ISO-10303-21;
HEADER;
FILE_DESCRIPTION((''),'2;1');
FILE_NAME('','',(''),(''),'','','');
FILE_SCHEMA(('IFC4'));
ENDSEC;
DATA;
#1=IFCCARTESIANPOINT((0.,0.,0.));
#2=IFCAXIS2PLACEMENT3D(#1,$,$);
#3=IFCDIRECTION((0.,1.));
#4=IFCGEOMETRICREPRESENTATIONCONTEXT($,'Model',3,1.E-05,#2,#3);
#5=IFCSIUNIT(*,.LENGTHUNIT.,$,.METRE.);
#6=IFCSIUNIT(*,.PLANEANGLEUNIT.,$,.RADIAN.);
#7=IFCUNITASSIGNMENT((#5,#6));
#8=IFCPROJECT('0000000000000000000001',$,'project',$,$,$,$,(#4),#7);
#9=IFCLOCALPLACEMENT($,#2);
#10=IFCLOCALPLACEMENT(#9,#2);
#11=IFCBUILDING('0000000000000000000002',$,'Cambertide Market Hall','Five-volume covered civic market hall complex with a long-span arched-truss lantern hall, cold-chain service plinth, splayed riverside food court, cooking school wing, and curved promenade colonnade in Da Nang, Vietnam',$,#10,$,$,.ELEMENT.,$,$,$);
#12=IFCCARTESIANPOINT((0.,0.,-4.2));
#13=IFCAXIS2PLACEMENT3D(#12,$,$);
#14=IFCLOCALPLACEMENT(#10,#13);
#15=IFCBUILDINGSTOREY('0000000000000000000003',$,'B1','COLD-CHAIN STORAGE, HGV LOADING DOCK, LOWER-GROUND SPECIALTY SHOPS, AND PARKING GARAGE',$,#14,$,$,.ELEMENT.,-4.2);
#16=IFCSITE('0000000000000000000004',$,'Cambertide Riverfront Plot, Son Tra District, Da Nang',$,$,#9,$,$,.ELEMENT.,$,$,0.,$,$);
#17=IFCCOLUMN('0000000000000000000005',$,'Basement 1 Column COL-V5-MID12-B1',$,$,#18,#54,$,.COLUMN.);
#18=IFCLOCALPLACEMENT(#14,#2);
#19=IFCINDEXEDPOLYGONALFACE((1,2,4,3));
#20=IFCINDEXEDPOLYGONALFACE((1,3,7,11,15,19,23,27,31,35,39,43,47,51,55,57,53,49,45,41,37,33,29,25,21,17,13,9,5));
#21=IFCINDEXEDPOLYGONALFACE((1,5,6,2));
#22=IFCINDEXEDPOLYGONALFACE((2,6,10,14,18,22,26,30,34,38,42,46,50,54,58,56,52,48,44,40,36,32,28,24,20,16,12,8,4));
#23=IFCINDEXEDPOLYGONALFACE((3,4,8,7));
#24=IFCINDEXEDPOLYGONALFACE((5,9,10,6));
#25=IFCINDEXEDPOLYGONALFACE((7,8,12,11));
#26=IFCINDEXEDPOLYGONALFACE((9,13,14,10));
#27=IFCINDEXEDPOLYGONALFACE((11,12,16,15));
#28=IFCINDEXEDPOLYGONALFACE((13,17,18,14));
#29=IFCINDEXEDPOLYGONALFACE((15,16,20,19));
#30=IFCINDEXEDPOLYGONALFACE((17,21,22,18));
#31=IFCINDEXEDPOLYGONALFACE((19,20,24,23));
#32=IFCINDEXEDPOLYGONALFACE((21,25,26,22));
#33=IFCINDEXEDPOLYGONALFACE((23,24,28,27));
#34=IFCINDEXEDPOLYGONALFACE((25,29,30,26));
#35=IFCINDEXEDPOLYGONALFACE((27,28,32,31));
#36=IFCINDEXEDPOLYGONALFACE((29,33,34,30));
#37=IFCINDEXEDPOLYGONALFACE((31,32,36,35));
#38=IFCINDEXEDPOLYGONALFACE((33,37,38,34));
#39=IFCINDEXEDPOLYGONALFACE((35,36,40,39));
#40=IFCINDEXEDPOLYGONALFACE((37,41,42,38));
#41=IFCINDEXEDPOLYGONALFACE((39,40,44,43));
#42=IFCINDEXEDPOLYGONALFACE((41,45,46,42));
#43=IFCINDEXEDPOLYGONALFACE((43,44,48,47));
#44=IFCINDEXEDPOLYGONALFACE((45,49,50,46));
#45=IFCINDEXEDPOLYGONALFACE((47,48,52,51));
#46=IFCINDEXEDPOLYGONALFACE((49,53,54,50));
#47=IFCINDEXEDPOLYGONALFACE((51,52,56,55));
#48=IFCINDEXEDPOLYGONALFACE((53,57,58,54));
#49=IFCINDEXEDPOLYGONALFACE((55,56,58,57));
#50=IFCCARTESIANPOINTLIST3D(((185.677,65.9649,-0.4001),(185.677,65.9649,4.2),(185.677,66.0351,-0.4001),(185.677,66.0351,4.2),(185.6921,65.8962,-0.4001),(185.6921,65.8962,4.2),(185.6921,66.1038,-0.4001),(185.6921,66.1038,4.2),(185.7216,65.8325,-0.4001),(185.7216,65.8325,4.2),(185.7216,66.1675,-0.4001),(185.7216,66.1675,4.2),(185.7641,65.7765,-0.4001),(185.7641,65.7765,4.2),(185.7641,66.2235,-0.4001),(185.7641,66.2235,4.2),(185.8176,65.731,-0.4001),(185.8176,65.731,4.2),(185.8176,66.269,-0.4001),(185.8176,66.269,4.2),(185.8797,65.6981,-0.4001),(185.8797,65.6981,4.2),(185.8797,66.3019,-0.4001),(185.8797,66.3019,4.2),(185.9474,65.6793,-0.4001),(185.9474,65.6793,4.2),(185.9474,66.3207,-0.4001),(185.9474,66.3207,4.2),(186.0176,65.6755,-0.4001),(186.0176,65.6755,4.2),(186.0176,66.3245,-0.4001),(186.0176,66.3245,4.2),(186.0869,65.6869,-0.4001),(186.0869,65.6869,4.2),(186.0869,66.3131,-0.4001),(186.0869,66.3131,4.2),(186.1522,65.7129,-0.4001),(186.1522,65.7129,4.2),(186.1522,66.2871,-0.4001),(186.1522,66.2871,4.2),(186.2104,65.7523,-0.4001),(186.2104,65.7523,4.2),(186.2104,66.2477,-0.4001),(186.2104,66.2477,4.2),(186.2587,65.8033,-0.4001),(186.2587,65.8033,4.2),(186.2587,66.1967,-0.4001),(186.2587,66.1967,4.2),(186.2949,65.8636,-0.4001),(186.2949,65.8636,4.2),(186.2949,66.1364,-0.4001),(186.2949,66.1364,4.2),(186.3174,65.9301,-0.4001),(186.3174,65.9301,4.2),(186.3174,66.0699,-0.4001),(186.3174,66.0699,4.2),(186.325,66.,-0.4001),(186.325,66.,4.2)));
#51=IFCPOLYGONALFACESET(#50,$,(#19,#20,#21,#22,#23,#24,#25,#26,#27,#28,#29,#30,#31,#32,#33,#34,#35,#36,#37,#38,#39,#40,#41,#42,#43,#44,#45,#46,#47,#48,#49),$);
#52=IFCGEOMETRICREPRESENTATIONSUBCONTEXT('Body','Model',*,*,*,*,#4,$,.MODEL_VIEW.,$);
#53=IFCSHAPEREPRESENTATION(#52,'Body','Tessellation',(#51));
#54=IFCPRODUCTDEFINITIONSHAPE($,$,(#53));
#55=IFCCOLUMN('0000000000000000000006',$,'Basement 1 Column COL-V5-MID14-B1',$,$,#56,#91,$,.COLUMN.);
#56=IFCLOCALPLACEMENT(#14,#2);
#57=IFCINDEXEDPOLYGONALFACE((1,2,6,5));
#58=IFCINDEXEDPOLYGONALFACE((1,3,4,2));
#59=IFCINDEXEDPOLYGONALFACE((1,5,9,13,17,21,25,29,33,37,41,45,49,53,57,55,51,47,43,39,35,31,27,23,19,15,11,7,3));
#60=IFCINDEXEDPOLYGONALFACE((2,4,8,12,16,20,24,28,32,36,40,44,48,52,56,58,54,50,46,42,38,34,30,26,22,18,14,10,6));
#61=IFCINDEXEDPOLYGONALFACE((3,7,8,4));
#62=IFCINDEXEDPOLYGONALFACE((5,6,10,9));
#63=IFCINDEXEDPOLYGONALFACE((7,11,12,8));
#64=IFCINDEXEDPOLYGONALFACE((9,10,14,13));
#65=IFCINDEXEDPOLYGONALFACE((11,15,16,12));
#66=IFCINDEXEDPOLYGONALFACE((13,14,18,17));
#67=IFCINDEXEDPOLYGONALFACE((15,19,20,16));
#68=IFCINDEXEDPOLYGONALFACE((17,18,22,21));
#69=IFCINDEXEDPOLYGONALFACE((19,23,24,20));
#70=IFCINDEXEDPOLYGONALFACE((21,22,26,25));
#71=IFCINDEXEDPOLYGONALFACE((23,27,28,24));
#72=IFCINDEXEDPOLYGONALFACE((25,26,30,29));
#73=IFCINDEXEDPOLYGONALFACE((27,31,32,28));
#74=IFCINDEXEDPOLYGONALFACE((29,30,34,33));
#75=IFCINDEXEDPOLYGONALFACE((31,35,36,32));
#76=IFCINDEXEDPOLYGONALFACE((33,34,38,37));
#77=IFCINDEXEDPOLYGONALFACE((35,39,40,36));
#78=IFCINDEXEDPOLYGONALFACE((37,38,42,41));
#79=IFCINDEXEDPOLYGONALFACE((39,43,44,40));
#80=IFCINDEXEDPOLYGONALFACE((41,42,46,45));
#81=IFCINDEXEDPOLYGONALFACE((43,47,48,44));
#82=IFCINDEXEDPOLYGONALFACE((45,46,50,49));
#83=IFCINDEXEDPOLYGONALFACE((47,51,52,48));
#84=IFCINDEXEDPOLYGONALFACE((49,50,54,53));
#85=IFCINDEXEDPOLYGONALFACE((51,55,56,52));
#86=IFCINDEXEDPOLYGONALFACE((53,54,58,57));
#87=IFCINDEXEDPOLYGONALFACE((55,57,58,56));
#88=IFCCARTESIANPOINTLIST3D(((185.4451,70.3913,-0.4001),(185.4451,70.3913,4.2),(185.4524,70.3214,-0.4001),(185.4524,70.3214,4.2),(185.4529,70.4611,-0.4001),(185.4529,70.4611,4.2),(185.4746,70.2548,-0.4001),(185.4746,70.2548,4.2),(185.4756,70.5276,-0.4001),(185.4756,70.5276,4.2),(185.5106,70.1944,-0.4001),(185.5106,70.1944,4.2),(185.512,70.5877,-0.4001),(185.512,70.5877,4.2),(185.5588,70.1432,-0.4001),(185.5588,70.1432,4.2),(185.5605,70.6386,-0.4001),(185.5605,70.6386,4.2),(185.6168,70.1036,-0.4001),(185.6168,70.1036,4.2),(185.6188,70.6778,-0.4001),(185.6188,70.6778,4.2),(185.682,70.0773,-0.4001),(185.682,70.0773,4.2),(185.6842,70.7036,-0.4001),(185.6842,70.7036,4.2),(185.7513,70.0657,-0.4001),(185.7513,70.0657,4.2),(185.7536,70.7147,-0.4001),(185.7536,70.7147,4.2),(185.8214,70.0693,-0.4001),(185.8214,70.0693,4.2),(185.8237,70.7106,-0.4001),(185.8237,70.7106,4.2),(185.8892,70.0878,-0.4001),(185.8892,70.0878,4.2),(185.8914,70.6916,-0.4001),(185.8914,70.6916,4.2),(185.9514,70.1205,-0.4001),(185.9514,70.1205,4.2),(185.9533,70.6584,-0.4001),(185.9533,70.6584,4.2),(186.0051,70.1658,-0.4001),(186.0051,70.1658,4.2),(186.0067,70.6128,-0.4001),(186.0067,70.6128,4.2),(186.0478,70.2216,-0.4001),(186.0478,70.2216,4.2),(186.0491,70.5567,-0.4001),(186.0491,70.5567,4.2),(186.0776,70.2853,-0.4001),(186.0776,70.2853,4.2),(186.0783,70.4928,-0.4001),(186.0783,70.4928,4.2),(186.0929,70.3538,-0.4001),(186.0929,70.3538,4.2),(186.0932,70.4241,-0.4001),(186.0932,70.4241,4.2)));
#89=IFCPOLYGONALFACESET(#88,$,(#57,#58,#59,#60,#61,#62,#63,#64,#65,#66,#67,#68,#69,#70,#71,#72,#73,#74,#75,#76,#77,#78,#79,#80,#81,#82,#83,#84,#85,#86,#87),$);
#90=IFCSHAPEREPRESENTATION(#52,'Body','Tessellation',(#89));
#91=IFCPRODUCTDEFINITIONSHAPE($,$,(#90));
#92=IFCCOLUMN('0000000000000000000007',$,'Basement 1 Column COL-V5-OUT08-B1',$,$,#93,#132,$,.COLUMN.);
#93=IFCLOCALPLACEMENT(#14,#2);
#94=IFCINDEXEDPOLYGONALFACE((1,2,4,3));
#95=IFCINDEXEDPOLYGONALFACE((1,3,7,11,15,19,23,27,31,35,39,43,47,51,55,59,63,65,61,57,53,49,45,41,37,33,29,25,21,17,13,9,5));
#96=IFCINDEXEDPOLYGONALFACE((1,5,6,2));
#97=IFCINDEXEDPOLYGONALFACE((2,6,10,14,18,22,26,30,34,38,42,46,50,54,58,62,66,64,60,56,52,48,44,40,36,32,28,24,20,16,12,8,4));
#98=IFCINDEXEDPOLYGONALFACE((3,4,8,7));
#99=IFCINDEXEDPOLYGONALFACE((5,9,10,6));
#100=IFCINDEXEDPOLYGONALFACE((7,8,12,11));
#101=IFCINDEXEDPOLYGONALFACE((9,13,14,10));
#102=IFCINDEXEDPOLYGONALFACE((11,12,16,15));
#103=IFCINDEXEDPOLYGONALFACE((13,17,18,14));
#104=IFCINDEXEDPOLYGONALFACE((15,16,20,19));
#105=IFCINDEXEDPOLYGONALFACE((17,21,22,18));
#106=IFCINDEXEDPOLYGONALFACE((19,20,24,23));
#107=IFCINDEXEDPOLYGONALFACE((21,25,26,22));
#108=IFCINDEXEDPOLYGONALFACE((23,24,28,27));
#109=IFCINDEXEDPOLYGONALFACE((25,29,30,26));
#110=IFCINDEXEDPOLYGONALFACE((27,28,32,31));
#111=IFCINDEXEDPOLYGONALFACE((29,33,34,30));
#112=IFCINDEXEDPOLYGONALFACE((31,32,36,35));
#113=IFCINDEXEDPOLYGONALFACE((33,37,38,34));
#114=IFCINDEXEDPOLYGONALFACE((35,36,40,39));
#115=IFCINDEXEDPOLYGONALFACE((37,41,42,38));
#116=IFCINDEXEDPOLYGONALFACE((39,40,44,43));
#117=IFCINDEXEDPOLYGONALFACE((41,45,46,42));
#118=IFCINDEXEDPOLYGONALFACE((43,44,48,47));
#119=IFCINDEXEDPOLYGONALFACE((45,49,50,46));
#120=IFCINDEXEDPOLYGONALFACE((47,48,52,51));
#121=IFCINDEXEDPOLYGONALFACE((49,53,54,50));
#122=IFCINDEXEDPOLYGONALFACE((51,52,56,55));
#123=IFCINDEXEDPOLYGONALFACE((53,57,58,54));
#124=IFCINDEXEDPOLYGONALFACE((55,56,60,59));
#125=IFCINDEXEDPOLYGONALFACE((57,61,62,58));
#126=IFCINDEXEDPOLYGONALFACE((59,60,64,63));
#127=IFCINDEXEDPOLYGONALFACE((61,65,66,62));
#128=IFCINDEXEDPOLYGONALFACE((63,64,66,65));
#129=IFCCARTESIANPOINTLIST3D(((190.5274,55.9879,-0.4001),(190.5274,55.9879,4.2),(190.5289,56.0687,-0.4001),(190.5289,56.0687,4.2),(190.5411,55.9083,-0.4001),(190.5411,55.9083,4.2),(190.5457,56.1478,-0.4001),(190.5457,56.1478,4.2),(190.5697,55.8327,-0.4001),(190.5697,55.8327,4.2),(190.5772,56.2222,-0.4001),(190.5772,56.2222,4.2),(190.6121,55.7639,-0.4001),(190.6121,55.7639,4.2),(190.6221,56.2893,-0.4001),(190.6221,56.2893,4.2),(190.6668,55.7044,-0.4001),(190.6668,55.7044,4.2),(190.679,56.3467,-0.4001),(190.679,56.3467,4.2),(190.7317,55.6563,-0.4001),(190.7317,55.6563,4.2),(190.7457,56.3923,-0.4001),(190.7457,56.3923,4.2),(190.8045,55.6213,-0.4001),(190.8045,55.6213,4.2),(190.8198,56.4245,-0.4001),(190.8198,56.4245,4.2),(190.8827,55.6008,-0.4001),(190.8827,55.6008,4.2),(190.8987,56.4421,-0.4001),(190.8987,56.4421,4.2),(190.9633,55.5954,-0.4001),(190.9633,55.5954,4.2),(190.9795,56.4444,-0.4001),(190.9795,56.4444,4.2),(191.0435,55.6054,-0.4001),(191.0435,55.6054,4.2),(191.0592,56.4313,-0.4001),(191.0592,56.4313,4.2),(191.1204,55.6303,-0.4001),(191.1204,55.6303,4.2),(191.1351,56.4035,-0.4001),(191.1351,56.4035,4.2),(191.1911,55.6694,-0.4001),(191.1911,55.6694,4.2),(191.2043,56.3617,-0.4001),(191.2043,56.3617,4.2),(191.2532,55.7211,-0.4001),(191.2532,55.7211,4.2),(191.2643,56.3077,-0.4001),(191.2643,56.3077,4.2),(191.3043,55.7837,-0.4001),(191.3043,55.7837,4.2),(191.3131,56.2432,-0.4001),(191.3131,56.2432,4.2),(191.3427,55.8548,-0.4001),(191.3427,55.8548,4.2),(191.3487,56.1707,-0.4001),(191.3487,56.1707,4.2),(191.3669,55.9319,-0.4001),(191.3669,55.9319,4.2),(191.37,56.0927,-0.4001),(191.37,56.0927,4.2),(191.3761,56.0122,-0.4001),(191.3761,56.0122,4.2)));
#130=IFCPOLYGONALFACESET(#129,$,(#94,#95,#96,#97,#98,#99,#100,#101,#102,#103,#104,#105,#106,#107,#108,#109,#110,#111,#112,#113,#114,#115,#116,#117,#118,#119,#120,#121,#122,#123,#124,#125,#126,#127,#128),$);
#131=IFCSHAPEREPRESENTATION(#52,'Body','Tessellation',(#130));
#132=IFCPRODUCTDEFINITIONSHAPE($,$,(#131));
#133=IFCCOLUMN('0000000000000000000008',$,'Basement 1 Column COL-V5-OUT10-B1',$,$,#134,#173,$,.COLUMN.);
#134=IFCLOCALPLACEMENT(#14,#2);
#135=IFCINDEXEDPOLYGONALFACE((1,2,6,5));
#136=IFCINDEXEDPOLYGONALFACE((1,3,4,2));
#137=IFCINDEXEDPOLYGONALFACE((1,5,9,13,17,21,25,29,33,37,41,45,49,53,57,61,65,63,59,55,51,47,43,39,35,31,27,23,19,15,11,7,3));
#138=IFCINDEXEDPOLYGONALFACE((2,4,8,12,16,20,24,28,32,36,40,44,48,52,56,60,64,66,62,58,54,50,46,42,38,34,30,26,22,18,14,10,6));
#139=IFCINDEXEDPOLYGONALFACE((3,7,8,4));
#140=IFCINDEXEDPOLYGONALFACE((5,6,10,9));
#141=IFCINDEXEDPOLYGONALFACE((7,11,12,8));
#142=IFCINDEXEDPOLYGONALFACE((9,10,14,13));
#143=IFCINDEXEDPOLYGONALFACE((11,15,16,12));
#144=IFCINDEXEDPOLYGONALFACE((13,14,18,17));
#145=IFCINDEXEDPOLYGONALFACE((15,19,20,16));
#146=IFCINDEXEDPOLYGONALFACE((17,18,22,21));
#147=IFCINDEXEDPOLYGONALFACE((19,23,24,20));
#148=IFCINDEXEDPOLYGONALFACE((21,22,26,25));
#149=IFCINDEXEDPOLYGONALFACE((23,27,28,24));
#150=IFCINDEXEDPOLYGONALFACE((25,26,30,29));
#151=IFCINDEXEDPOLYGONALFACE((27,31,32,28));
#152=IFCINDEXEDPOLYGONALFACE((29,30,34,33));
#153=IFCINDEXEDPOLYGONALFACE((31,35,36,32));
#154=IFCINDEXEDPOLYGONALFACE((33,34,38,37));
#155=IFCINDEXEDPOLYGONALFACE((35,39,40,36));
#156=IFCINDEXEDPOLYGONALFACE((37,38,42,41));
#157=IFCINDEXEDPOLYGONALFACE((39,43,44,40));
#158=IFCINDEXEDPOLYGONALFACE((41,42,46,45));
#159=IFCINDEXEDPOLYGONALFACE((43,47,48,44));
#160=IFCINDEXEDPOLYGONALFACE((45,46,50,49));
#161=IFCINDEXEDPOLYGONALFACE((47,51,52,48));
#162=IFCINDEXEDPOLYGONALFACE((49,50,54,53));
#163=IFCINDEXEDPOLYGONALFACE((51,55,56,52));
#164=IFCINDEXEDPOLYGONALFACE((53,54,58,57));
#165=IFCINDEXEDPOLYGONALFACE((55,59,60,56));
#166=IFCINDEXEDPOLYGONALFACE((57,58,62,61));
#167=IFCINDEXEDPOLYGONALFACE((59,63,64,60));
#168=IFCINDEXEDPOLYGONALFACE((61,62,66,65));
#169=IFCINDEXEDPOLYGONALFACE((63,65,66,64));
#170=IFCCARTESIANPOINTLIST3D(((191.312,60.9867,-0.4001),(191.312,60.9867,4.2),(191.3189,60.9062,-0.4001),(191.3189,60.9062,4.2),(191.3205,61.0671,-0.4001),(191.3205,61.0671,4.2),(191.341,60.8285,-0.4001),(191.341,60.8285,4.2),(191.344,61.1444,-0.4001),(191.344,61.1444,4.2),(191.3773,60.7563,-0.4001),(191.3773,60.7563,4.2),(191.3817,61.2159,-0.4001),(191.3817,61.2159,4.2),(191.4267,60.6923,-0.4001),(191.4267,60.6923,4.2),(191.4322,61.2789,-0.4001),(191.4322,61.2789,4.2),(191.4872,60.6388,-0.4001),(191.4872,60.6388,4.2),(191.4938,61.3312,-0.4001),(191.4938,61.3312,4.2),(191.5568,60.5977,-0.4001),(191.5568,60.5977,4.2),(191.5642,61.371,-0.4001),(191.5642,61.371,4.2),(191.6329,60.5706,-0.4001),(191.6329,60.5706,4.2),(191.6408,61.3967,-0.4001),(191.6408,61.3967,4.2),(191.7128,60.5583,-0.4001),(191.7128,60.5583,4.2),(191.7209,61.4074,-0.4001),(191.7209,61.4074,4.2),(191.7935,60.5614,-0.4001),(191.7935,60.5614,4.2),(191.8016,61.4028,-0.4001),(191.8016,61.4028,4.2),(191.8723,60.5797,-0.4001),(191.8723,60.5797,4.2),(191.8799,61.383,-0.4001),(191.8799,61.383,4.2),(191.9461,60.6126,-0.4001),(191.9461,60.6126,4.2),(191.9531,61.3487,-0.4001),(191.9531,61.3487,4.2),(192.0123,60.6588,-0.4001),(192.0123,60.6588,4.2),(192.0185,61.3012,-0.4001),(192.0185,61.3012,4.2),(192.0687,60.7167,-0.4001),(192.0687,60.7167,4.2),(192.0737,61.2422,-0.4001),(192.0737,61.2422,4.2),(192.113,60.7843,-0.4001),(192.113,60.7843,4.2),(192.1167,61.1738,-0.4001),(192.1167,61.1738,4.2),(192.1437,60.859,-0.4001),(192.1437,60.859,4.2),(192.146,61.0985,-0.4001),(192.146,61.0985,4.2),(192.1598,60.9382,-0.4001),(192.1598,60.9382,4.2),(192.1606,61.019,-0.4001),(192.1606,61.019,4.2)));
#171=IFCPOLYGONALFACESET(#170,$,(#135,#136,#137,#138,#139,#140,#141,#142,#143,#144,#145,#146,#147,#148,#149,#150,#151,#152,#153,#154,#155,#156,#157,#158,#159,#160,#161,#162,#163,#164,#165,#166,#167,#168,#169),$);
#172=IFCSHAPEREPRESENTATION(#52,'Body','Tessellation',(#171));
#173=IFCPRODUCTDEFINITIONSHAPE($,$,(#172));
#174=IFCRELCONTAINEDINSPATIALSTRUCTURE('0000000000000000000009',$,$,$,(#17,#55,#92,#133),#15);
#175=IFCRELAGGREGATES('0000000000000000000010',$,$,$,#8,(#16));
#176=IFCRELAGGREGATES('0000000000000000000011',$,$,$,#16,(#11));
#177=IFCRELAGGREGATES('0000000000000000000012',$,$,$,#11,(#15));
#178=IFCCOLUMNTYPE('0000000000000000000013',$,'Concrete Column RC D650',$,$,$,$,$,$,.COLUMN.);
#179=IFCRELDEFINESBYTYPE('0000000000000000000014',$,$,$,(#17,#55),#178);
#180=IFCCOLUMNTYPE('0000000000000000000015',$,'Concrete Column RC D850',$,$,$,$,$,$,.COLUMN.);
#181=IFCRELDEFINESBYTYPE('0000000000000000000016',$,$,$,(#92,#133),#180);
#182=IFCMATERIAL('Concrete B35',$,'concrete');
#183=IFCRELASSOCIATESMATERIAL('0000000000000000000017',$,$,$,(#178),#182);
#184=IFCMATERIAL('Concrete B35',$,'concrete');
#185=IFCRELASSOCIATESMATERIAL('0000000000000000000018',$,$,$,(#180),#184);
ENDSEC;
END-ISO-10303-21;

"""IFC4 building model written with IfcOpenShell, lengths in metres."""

from ifc_helpers import new_model, si_unit, direction, frame, origin, origin_2d, place, context, subcontext, project, spatial, circle, extrude, material, material_profile, profile_set, type_object, element, save


model = new_model("IFC4")

# Units and contexts
model_context = context("Model", 3, precision=1e-05, world=origin(), true_north=direction((0.0, 1.0)))
body_context = subcontext(model_context, "Body", "Model", "MODEL_VIEW")
ifc_project = project(units=[si_unit("LENGTHUNIT", "METRE"), si_unit("PLANEANGLEUNIT", "RADIAN")], contexts=[model_context])

# Site, building, storey
site_placement = place(None, origin())
site = spatial("IfcSite", under=ifc_project, at=site_placement, Name="Cambertide Riverfront Plot, Son Tra District, Da Nang", CompositionType="ELEMENT", RefElevation=0.0)
building_placement = place(site_placement, origin())
building = spatial("IfcBuilding", under=site, at=building_placement, Name="Cambertide Market Hall", Description="Five-volume covered civic market hall complex with a long-span arched-truss lantern hall, cold-chain service plinth, splayed riverside food court, cooking school wing, and curved promenade colonnade in Da Nang, Vietnam", CompositionType="ELEMENT")
storey_placement = place(building_placement, frame((0.0, 0.0, -4.2)))
storey = spatial("IfcBuildingStorey", under=building, at=storey_placement, Name="B1", Description="COLD-CHAIN STORAGE, HGV LOADING DOCK, LOWER-GROUND SPECIALTY SHOPS, AND PARKING GARAGE", CompositionType="ELEMENT", Elevation=-4.2)

# Columns
ifc_material_1 = material(Name="Concrete B35", Category="concrete")
ifc_material_profile_1 = material_profile(ifc_material_1, circle(Radius=0.325, at=origin_2d()), Name="RC D650")
ifc_profile_set_1 = profile_set([ifc_material_profile_1], Name="Concrete B35")
column_type_1 = type_object("IfcColumnType", Name="Concrete Column RC D650", PredefinedType="COLUMN", material=ifc_profile_set_1)
for number, where, z_axis, x_axis, name in (
    (1, (186.0, 66.0, -0.4001), (0.0, 0.0, 1.0), (1.0, 0.0, 0.0), "Basement 1 Column COL-V5-MID12-B1"),
    (2, (185.77, 70.3901, -0.4001), (0.0, 0.0, 1.0), (0.994522, 0.104528, 0.0), "Basement 1 Column COL-V5-MID14-B1"),
):
    element("IfcColumn", number, at=place(storey_placement, frame(where, z_axis=z_axis, x_axis=x_axis)), inside=storey, type_object=column_type_1, Name=name, PredefinedType="COLUMN", context=body_context, shape_type="SweptSolid", body=[
        extrude(circle(Radius=0.325, at=origin_2d()), origin(), (0.0, 0.0, 1.0), 4.6001),
    ])
ifc_material_2 = material(Name="Concrete B35", Category="concrete")
ifc_material_profile_2 = material_profile(ifc_material_2, circle(Radius=0.425, at=origin_2d()), Name="RC D850")
ifc_profile_set_2 = profile_set([ifc_material_profile_2], Name="Concrete B35")
column_type_2 = type_object("IfcColumnType", Name="Concrete Column RC D850", PredefinedType="COLUMN", material=ifc_profile_set_2)
for number, where, z_axis, x_axis, name in (
    (3, (190.9512, 56.0203, -0.4001), (0.0, 0.0, 1.0), (0.978148, -0.207912, 0.0), "Basement 1 Column COL-V5-OUT08-B1"),
    (4, (191.7371, 60.9827, -0.4001), (0.0, 0.0, 1.0), (0.994522, -0.104528, 0.0), "Basement 1 Column COL-V5-OUT10-B1"),
):
    element("IfcColumn", number, at=place(storey_placement, frame(where, z_axis=z_axis, x_axis=x_axis)), inside=storey, type_object=column_type_2, Name=name, PredefinedType="COLUMN", context=body_context, shape_type="SweptSolid", body=[
        extrude(circle(Radius=0.425, at=origin_2d()), origin(), (0.0, 0.0, 1.0), 4.6001),
    ])

save(model, "model.ifc")
